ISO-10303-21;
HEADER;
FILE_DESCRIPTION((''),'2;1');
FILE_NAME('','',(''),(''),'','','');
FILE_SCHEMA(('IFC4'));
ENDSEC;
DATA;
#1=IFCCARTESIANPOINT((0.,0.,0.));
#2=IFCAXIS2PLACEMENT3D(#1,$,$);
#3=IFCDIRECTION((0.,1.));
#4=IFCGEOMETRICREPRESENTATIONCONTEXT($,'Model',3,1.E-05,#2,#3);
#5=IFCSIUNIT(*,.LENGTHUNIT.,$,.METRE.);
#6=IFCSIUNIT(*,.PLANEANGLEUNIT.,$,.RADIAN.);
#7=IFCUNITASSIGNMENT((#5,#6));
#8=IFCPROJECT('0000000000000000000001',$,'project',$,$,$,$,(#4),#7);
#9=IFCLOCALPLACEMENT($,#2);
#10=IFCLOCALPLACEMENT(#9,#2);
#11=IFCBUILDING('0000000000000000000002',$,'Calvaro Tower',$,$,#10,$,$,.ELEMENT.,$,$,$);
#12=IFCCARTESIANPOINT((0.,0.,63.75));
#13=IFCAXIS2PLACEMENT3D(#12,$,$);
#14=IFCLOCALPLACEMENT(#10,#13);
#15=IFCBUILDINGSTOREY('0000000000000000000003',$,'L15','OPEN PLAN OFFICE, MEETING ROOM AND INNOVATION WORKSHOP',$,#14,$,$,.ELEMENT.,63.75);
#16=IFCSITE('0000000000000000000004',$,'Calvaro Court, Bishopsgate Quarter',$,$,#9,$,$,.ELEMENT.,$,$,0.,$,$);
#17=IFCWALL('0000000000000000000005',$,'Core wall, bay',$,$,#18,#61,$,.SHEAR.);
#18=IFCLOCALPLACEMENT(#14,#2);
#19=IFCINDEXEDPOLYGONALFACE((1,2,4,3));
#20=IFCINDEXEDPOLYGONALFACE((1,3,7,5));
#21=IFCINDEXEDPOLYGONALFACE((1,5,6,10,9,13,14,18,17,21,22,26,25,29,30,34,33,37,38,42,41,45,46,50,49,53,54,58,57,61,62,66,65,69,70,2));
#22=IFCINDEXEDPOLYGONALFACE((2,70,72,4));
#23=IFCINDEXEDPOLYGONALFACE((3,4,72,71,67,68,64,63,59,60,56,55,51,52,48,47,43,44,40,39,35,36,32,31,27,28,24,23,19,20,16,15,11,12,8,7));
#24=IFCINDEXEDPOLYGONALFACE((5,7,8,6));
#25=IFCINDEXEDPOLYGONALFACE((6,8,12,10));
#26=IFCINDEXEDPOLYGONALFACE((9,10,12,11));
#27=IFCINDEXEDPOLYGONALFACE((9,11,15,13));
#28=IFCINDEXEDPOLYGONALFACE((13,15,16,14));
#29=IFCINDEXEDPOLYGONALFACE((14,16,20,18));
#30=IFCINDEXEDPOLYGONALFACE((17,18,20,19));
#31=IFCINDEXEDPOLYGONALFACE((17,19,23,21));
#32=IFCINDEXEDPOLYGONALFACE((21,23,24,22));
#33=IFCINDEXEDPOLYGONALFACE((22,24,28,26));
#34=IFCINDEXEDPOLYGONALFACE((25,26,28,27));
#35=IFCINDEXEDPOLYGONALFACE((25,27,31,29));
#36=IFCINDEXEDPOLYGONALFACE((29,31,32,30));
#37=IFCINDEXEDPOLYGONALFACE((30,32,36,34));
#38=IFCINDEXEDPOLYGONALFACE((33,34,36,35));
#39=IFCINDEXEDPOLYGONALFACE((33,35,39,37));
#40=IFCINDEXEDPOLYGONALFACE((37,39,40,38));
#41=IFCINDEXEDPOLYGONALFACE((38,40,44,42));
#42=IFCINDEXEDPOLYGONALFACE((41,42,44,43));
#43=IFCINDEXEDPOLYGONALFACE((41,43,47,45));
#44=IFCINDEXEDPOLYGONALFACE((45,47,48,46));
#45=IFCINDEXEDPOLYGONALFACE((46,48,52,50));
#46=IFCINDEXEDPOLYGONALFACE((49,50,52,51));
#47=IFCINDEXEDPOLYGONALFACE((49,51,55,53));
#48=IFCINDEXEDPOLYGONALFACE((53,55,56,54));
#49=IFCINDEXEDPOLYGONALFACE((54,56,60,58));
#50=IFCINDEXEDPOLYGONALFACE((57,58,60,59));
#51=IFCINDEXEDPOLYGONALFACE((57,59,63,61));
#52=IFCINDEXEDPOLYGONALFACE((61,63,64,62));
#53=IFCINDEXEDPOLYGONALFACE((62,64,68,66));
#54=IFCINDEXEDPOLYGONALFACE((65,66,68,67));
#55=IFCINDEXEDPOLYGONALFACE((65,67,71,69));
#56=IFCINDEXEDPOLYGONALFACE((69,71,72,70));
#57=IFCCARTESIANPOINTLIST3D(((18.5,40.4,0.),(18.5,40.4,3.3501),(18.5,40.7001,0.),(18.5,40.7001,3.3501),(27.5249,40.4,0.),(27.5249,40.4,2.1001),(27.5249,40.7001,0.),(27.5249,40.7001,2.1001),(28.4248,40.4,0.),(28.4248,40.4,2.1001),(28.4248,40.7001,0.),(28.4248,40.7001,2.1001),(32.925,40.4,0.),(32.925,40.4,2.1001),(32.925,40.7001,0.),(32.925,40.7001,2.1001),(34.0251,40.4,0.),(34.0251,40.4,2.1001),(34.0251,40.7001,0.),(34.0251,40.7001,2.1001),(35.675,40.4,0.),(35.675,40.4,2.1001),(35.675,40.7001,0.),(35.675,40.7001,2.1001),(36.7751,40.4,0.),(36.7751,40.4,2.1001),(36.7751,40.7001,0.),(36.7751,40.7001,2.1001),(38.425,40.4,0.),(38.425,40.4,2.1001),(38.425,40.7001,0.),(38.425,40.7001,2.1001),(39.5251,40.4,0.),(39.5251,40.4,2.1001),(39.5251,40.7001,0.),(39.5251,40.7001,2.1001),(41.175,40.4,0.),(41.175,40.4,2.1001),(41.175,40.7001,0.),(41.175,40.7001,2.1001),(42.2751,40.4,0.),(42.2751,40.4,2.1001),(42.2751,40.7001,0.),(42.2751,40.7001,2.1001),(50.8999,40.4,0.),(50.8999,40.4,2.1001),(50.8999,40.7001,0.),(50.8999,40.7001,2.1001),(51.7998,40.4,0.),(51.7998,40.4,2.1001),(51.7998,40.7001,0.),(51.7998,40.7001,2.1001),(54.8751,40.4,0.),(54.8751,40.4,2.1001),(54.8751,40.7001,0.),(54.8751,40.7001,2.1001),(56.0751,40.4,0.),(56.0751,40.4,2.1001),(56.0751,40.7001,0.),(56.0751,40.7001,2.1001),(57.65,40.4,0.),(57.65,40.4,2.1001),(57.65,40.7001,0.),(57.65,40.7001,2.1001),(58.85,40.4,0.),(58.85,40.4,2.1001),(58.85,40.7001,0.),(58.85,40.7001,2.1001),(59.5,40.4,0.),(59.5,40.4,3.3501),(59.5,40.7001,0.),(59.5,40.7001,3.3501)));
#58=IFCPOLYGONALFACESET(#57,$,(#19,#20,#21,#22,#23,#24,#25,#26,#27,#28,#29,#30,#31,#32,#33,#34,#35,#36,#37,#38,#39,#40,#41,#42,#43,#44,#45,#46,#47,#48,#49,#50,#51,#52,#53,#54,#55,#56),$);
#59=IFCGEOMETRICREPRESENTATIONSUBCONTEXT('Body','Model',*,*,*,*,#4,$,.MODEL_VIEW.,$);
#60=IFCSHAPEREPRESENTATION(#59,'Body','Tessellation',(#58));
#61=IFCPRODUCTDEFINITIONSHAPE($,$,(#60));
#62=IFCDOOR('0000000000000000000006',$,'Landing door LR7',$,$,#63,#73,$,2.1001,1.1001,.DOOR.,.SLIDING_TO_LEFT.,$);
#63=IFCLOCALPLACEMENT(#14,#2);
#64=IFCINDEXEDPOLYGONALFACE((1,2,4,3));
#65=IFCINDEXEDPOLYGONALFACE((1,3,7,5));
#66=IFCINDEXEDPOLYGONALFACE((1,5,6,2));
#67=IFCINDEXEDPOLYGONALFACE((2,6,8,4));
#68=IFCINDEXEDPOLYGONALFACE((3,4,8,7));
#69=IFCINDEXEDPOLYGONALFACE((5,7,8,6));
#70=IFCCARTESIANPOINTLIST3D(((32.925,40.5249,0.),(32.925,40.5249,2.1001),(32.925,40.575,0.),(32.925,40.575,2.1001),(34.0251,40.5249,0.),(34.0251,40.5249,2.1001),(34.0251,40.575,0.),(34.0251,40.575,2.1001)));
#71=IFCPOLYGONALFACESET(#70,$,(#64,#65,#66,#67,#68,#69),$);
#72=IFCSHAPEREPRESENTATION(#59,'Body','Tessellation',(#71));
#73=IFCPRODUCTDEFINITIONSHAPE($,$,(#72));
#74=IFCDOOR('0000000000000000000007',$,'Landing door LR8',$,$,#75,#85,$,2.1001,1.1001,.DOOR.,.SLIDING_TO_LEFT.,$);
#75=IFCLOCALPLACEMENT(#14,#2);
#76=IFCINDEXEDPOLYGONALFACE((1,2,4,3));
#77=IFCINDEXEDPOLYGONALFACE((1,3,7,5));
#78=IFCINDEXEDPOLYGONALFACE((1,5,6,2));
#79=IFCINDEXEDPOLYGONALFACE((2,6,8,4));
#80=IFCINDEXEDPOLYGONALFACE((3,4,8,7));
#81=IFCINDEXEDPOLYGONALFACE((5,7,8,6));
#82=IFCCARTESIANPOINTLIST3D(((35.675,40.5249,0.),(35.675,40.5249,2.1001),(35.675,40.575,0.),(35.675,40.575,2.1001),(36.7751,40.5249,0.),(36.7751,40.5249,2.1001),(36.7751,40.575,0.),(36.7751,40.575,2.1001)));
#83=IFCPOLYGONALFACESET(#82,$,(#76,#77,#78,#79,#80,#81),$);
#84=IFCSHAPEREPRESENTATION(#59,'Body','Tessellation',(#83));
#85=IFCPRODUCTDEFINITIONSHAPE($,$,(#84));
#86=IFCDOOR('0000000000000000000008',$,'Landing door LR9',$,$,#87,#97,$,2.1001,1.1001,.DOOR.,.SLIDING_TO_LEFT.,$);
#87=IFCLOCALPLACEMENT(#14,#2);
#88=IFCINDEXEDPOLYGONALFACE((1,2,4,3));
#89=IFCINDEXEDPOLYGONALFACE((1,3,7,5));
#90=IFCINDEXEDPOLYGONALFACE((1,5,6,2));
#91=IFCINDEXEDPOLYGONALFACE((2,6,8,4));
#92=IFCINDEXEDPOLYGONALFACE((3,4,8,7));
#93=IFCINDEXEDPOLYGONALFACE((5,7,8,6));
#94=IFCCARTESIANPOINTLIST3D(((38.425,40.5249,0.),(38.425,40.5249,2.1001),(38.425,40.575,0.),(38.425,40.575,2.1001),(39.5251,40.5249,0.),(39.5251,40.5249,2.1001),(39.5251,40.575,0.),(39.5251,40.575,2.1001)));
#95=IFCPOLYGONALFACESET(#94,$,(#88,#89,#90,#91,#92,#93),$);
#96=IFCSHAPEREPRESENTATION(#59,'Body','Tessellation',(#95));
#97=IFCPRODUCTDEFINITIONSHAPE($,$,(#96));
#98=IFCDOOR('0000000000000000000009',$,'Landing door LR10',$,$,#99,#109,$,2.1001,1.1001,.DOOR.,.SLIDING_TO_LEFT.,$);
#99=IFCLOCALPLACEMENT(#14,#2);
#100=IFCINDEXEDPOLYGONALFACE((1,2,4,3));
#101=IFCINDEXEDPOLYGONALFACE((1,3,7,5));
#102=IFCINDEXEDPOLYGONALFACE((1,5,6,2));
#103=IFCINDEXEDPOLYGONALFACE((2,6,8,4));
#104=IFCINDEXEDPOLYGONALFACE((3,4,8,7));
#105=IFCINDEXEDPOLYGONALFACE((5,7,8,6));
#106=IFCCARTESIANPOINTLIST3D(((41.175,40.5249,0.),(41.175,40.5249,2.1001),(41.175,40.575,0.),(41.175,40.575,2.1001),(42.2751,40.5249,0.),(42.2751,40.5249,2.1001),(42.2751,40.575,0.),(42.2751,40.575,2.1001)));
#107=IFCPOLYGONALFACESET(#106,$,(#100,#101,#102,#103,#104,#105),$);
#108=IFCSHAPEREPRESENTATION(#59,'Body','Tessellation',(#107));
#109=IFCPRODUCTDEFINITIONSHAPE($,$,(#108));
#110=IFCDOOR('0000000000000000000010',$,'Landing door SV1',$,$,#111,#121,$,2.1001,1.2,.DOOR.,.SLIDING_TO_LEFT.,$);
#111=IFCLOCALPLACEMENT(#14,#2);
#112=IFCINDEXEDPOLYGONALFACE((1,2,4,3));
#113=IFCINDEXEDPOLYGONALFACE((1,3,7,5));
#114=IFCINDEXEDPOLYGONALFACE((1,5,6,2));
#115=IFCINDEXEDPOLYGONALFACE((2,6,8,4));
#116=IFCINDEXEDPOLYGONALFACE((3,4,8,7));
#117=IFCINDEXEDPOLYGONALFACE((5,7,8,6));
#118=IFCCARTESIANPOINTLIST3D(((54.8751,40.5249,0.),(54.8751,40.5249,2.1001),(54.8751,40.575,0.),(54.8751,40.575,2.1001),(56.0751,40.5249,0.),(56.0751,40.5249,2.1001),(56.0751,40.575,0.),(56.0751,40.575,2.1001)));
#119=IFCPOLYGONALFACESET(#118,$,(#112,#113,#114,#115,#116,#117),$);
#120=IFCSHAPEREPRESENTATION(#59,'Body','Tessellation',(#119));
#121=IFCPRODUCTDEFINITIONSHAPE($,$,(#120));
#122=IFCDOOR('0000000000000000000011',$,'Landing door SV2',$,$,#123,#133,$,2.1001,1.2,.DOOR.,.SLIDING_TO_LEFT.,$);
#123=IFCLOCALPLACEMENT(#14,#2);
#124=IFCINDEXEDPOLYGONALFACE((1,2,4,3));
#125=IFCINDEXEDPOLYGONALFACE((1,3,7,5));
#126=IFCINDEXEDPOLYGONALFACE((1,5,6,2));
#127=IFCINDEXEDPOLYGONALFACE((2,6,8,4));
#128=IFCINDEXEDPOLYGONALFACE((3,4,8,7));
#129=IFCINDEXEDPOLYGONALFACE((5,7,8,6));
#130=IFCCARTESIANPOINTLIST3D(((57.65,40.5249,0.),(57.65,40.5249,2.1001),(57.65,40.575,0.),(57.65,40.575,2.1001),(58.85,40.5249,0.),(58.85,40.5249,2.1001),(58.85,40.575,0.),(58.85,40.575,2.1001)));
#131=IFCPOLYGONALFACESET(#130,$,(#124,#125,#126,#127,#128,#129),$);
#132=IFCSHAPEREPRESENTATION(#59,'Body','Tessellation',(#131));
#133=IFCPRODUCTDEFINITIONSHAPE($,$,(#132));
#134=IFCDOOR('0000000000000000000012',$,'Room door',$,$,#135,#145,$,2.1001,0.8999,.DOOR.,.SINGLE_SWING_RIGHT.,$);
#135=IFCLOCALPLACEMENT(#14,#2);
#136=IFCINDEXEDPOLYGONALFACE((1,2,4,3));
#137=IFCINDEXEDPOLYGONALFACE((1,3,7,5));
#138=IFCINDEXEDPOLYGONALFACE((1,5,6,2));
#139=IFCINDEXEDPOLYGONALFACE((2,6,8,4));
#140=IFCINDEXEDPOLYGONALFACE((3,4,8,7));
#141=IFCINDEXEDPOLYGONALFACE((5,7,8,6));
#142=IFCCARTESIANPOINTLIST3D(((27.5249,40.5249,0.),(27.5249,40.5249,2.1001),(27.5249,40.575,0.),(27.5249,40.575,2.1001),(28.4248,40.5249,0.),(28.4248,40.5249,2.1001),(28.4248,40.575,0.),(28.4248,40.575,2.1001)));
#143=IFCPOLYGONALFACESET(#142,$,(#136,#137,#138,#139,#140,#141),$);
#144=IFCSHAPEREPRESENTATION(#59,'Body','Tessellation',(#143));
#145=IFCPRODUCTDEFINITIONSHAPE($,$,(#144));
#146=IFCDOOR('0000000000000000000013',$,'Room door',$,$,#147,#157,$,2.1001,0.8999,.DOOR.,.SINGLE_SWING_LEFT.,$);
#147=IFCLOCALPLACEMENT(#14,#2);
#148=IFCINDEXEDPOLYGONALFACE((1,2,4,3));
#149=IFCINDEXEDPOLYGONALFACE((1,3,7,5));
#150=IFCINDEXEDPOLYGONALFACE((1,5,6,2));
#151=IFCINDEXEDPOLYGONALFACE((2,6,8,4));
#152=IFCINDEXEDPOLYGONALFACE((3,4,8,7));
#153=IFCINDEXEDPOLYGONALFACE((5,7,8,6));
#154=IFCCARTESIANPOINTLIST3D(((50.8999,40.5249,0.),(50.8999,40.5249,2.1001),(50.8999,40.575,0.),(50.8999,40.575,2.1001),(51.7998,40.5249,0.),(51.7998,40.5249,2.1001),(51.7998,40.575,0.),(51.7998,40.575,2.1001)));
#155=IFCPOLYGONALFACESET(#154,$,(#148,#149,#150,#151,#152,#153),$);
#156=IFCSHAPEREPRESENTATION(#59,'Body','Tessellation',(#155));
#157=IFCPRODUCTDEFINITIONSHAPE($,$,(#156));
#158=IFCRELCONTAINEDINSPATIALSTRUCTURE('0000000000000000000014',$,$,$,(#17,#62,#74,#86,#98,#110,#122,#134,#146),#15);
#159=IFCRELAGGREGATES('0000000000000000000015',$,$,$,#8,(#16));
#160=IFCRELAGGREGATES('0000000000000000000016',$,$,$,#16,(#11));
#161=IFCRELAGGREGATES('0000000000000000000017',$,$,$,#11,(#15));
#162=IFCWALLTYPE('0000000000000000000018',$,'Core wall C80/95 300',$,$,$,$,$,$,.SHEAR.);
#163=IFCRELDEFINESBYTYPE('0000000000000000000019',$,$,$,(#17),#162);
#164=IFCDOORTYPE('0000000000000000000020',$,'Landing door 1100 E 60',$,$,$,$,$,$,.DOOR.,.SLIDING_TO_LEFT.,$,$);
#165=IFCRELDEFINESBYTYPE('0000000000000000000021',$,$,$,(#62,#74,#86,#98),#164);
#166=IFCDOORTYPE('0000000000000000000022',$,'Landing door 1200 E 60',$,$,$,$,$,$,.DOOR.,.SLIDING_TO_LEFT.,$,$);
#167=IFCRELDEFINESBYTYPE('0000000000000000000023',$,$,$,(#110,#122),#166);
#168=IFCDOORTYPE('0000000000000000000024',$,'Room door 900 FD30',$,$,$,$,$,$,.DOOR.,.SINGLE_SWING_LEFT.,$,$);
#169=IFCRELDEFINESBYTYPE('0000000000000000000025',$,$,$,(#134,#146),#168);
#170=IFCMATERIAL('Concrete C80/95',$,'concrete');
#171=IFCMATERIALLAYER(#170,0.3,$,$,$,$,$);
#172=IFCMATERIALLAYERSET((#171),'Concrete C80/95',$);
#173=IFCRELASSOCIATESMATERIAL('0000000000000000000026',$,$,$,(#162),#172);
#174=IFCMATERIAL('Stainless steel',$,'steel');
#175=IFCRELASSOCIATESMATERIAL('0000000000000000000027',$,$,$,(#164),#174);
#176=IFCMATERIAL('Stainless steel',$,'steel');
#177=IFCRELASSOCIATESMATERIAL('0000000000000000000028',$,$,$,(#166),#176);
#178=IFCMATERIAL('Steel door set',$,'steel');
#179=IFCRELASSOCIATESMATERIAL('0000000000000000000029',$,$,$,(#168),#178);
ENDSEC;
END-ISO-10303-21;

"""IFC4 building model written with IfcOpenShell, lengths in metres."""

from ifc_helpers import new_model, si_unit, direction, frame, frame_2d, origin, place, context, subcontext, project, spatial, rectangle, extrude, material, layer, layer_set, type_object, element, fill, save


model = new_model("IFC4")

# Units and contexts
model_context = context("Model", 3, precision=1e-05, world=origin(), true_north=direction((0.0, 1.0)))
body_context = subcontext(model_context, "Body", "Model", "MODEL_VIEW")
ifc_project = project(units=[si_unit("LENGTHUNIT", "METRE"), si_unit("PLANEANGLEUNIT", "RADIAN")], contexts=[model_context])

# Site, building, storey
site_placement = place(None, origin())
site = spatial("IfcSite", under=ifc_project, at=site_placement, Name="Calvaro Court, Bishopsgate Quarter", CompositionType="ELEMENT", RefElevation=0.0)
building_placement = place(site_placement, origin())
building = spatial("IfcBuilding", under=site, at=building_placement, Name="Calvaro Tower", CompositionType="ELEMENT")
storey_placement = place(building_placement, frame((0.0, 0.0, 63.75)))
storey = spatial("IfcBuildingStorey", under=building, at=storey_placement, Name="L15", Description="OPEN PLAN OFFICE, MEETING ROOM AND INNOVATION WORKSHOP", CompositionType="ELEMENT", Elevation=63.75)

# Shared definitions
ifc_material_1 = material(Name="Concrete C80/95", Category="concrete")
ifc_layer_1 = layer(ifc_material_1, 0.3)
ifc_layer_set_1 = layer_set([ifc_layer_1], Name="Concrete C80/95")
wall_type_1 = type_object("IfcWallType", Name="Core wall C80/95 300", PredefinedType="SHEAR", material=ifc_layer_set_1)
ifc_material_2 = material(Name="Stainless steel", Category="steel")
door_type_1 = type_object("IfcDoorType", Name="Landing door 1100 E 60", OperationType="SLIDING_TO_LEFT", PredefinedType="DOOR", material=ifc_material_2)

# Wall, openings, doors
wall_1_placement = place(storey_placement, frame((18.5, 40.55, 0.0), z_axis=(0.0, 0.0, 1.0), x_axis=(1.0, 0.0, 0.0)))
wall_1 = element("IfcWall", 1, at=wall_1_placement, inside=storey, type_object=wall_type_1, Name="Core wall, bay", PredefinedType="SHEAR", context=body_context, shape_type="SweptSolid", body=[
    extrude(rectangle(XDim=41.0, YDim=0.3, at=frame_2d((20.5, 0.0))), origin(), (0.0, 0.0, 1.0), 3.3501),
])
opening_1_placement = place(wall_1_placement, frame((9.0249, 0.0, 0.0)))
opening_1 = element("IfcOpeningElement", 2, at=opening_1_placement, cuts=wall_1, PredefinedType="OPENING", context=body_context, shape_type="SweptSolid", body=[
    extrude(rectangle(XDim=0.8999, YDim=2.1001, at=frame_2d((0.45, 1.05))), frame((0.0, 0.1599, 0.0), z_axis=(0.0, -1.0, 0.0), x_axis=(1.0, 0.0, 0.0)), (0.0, 0.0, 1.0), 0.3201),
])
opening_2_placement = place(wall_1_placement, frame((32.3999, 0.0, 0.0)))
opening_2 = element("IfcOpeningElement", 3, at=opening_2_placement, cuts=wall_1, PredefinedType="OPENING", context=body_context, shape_type="SweptSolid", body=[
    extrude(rectangle(XDim=0.8999, YDim=2.1001, at=frame_2d((0.45, 1.05))), frame((0.0, 0.1599, 0.0), z_axis=(0.0, -1.0, 0.0), x_axis=(1.0, 0.0, 0.0)), (0.0, 0.0, 1.0), 0.3201),
])
opening_3_placement = place(wall_1_placement, frame((14.425, 0.0, 0.0)))
opening_3 = element("IfcOpeningElement", 4, at=opening_3_placement, cuts=wall_1, PredefinedType="OPENING", context=body_context, shape_type="SweptSolid", body=[
    extrude(rectangle(XDim=1.1001, YDim=2.1001, at=frame_2d((0.55, 1.05))), frame((0.0, 0.1599, 0.0), z_axis=(0.0, -1.0, 0.0), x_axis=(1.0, 0.0, 0.0)), (0.0, 0.0, 1.0), 0.3201),
])
opening_4_placement = place(wall_1_placement, frame((17.175, 0.0, 0.0)))
opening_4 = element("IfcOpeningElement", 5, at=opening_4_placement, cuts=wall_1, PredefinedType="OPENING", context=body_context, shape_type="SweptSolid", body=[
    extrude(rectangle(XDim=1.1001, YDim=2.1001, at=frame_2d((0.55, 1.05))), frame((0.0, 0.1599, 0.0), z_axis=(0.0, -1.0, 0.0), x_axis=(1.0, 0.0, 0.0)), (0.0, 0.0, 1.0), 0.3201),
])
opening_5_placement = place(wall_1_placement, frame((19.925, 0.0, 0.0)))
opening_5 = element("IfcOpeningElement", 6, at=opening_5_placement, cuts=wall_1, PredefinedType="OPENING", context=body_context, shape_type="SweptSolid", body=[
    extrude(rectangle(XDim=1.1001, YDim=2.1001, at=frame_2d((0.55, 1.05))), frame((0.0, 0.1599, 0.0), z_axis=(0.0, -1.0, 0.0), x_axis=(1.0, 0.0, 0.0)), (0.0, 0.0, 1.0), 0.3201),
])
opening_6_placement = place(wall_1_placement, frame((22.675, 0.0, 0.0)))
opening_6 = element("IfcOpeningElement", 7, at=opening_6_placement, cuts=wall_1, PredefinedType="OPENING", context=body_context, shape_type="SweptSolid", body=[
    extrude(rectangle(XDim=1.1001, YDim=2.1001, at=frame_2d((0.55, 1.05))), frame((0.0, 0.1599, 0.0), z_axis=(0.0, -1.0, 0.0), x_axis=(1.0, 0.0, 0.0)), (0.0, 0.0, 1.0), 0.3201),
])
opening_7_placement = place(wall_1_placement, frame((36.375, 0.0, 0.0)))
opening_7 = element("IfcOpeningElement", 8, at=opening_7_placement, cuts=wall_1, PredefinedType="OPENING", context=body_context, shape_type="SweptSolid", body=[
    extrude(rectangle(XDim=1.2, YDim=2.1001, at=frame_2d((0.6001, 1.05))), frame((0.0, 0.1599, 0.0), z_axis=(0.0, -1.0, 0.0), x_axis=(1.0, 0.0, 0.0)), (0.0, 0.0, 1.0), 0.3201),
])
opening_8_placement = place(wall_1_placement, frame((39.1499, 0.0, 0.0)))
opening_8 = element("IfcOpeningElement", 9, at=opening_8_placement, cuts=wall_1, PredefinedType="OPENING", context=body_context, shape_type="SweptSolid", body=[
    extrude(rectangle(XDim=1.2, YDim=2.1001, at=frame_2d((0.6001, 1.05))), frame((0.0, 0.1599, 0.0), z_axis=(0.0, -1.0, 0.0), x_axis=(1.0, 0.0, 0.0)), (0.0, 0.0, 1.0), 0.3201),
])
door_1_placement = place(opening_3_placement, origin())
door_1 = element("IfcDoor", 10, at=door_1_placement, inside=storey, type_object=door_type_1, Name="Landing door LR7", OperationType="SLIDING_TO_LEFT", OverallHeight=2.1001, OverallWidth=1.1001, PredefinedType="DOOR", context=body_context, shape_type="SweptSolid", body=[
    extrude(rectangle(XDim=1.1001, YDim=2.1001, at=frame_2d((0.55, 1.05))), frame((0.0, 0.0249, 0.0), z_axis=(0.0, -1.0, 0.0), x_axis=(1.0, 0.0, 0.0)), (0.0, 0.0, 1.0), 0.05),
])
fill(opening_3, door_1)
door_2_placement = place(opening_4_placement, origin())
door_2 = element("IfcDoor", 11, at=door_2_placement, inside=storey, type_object=door_type_1, Name="Landing door LR8", OperationType="SLIDING_TO_LEFT", OverallHeight=2.1001, OverallWidth=1.1001, PredefinedType="DOOR", context=body_context, shape_type="SweptSolid", body=[
    extrude(rectangle(XDim=1.1001, YDim=2.1001, at=frame_2d((0.55, 1.05))), frame((0.0, 0.0249, 0.0), z_axis=(0.0, -1.0, 0.0), x_axis=(1.0, 0.0, 0.0)), (0.0, 0.0, 1.0), 0.05),
])
fill(opening_4, door_2)
door_3_placement = place(opening_5_placement, origin())
door_3 = element("IfcDoor", 12, at=door_3_placement, inside=storey, type_object=door_type_1, Name="Landing door LR9", OperationType="SLIDING_TO_LEFT", OverallHeight=2.1001, OverallWidth=1.1001, PredefinedType="DOOR", context=body_context, shape_type="SweptSolid", body=[
    extrude(rectangle(XDim=1.1001, YDim=2.1001, at=frame_2d((0.55, 1.05))), frame((0.0, 0.0249, 0.0), z_axis=(0.0, -1.0, 0.0), x_axis=(1.0, 0.0, 0.0)), (0.0, 0.0, 1.0), 0.05),
])
fill(opening_5, door_3)
door_4_placement = place(opening_6_placement, origin())
door_4 = element("IfcDoor", 13, at=door_4_placement, inside=storey, type_object=door_type_1, Name="Landing door LR10", OperationType="SLIDING_TO_LEFT", OverallHeight=2.1001, OverallWidth=1.1001, PredefinedType="DOOR", context=body_context, shape_type="SweptSolid", body=[
    extrude(rectangle(XDim=1.1001, YDim=2.1001, at=frame_2d((0.55, 1.05))), frame((0.0, 0.0249, 0.0), z_axis=(0.0, -1.0, 0.0), x_axis=(1.0, 0.0, 0.0)), (0.0, 0.0, 1.0), 0.05),
])
fill(opening_6, door_4)
ifc_material_3 = material(Name="Stainless steel", Category="steel")
door_type_2 = type_object("IfcDoorType", Name="Landing door 1200 E 60", OperationType="SLIDING_TO_LEFT", PredefinedType="DOOR", material=ifc_material_3)
door_5_placement = place(opening_7_placement, origin())
door_5 = element("IfcDoor", 14, at=door_5_placement, inside=storey, type_object=door_type_2, Name="Landing door SV1", OperationType="SLIDING_TO_LEFT", OverallHeight=2.1001, OverallWidth=1.2, PredefinedType="DOOR", context=body_context, shape_type="SweptSolid", body=[
    extrude(rectangle(XDim=1.2, YDim=2.1001, at=frame_2d((0.6001, 1.05))), frame((0.0, 0.0249, 0.0), z_axis=(0.0, -1.0, 0.0), x_axis=(1.0, 0.0, 0.0)), (0.0, 0.0, 1.0), 0.05),
])
fill(opening_7, door_5)
door_6_placement = place(opening_8_placement, origin())
door_6 = element("IfcDoor", 15, at=door_6_placement, inside=storey, type_object=door_type_2, Name="Landing door SV2", OperationType="SLIDING_TO_LEFT", OverallHeight=2.1001, OverallWidth=1.2, PredefinedType="DOOR", context=body_context, shape_type="SweptSolid", body=[
    extrude(rectangle(XDim=1.2, YDim=2.1001, at=frame_2d((0.6001, 1.05))), frame((0.0, 0.0249, 0.0), z_axis=(0.0, -1.0, 0.0), x_axis=(1.0, 0.0, 0.0)), (0.0, 0.0, 1.0), 0.05),
])
fill(opening_8, door_6)
ifc_material_4 = material(Name="Steel door set", Category="steel")
door_type_3 = type_object("IfcDoorType", Name="Room door 900 FD30", OperationType="SINGLE_SWING_LEFT", PredefinedType="DOOR", material=ifc_material_4)
door_7_placement = place(opening_1_placement, origin())
door_7 = element("IfcDoor", 16, at=door_7_placement, inside=storey, type_object=door_type_3, Name="Room door", OperationType="SINGLE_SWING_RIGHT", OverallHeight=2.1001, OverallWidth=0.8999, PredefinedType="DOOR", context=body_context, shape_type="SweptSolid", body=[
    extrude(rectangle(XDim=0.8999, YDim=2.1001, at=frame_2d((0.45, 1.05))), frame((0.0, 0.0249, 0.0), z_axis=(0.0, -1.0, 0.0), x_axis=(1.0, 0.0, 0.0)), (0.0, 0.0, 1.0), 0.05),
])
fill(opening_1, door_7)
door_8_placement = place(opening_2_placement, origin())
door_8 = element("IfcDoor", 17, at=door_8_placement, inside=storey, type_object=door_type_3, Name="Room door", OperationType="SINGLE_SWING_LEFT", OverallHeight=2.1001, OverallWidth=0.8999, PredefinedType="DOOR", context=body_context, shape_type="SweptSolid", body=[
    extrude(rectangle(XDim=0.8999, YDim=2.1001, at=frame_2d((0.45, 1.05))), frame((0.0, 0.0249, 0.0), z_axis=(0.0, -1.0, 0.0), x_axis=(1.0, 0.0, 0.0)), (0.0, 0.0, 1.0), 0.05),
])
fill(opening_2, door_8)

save(model, "model.ifc")
